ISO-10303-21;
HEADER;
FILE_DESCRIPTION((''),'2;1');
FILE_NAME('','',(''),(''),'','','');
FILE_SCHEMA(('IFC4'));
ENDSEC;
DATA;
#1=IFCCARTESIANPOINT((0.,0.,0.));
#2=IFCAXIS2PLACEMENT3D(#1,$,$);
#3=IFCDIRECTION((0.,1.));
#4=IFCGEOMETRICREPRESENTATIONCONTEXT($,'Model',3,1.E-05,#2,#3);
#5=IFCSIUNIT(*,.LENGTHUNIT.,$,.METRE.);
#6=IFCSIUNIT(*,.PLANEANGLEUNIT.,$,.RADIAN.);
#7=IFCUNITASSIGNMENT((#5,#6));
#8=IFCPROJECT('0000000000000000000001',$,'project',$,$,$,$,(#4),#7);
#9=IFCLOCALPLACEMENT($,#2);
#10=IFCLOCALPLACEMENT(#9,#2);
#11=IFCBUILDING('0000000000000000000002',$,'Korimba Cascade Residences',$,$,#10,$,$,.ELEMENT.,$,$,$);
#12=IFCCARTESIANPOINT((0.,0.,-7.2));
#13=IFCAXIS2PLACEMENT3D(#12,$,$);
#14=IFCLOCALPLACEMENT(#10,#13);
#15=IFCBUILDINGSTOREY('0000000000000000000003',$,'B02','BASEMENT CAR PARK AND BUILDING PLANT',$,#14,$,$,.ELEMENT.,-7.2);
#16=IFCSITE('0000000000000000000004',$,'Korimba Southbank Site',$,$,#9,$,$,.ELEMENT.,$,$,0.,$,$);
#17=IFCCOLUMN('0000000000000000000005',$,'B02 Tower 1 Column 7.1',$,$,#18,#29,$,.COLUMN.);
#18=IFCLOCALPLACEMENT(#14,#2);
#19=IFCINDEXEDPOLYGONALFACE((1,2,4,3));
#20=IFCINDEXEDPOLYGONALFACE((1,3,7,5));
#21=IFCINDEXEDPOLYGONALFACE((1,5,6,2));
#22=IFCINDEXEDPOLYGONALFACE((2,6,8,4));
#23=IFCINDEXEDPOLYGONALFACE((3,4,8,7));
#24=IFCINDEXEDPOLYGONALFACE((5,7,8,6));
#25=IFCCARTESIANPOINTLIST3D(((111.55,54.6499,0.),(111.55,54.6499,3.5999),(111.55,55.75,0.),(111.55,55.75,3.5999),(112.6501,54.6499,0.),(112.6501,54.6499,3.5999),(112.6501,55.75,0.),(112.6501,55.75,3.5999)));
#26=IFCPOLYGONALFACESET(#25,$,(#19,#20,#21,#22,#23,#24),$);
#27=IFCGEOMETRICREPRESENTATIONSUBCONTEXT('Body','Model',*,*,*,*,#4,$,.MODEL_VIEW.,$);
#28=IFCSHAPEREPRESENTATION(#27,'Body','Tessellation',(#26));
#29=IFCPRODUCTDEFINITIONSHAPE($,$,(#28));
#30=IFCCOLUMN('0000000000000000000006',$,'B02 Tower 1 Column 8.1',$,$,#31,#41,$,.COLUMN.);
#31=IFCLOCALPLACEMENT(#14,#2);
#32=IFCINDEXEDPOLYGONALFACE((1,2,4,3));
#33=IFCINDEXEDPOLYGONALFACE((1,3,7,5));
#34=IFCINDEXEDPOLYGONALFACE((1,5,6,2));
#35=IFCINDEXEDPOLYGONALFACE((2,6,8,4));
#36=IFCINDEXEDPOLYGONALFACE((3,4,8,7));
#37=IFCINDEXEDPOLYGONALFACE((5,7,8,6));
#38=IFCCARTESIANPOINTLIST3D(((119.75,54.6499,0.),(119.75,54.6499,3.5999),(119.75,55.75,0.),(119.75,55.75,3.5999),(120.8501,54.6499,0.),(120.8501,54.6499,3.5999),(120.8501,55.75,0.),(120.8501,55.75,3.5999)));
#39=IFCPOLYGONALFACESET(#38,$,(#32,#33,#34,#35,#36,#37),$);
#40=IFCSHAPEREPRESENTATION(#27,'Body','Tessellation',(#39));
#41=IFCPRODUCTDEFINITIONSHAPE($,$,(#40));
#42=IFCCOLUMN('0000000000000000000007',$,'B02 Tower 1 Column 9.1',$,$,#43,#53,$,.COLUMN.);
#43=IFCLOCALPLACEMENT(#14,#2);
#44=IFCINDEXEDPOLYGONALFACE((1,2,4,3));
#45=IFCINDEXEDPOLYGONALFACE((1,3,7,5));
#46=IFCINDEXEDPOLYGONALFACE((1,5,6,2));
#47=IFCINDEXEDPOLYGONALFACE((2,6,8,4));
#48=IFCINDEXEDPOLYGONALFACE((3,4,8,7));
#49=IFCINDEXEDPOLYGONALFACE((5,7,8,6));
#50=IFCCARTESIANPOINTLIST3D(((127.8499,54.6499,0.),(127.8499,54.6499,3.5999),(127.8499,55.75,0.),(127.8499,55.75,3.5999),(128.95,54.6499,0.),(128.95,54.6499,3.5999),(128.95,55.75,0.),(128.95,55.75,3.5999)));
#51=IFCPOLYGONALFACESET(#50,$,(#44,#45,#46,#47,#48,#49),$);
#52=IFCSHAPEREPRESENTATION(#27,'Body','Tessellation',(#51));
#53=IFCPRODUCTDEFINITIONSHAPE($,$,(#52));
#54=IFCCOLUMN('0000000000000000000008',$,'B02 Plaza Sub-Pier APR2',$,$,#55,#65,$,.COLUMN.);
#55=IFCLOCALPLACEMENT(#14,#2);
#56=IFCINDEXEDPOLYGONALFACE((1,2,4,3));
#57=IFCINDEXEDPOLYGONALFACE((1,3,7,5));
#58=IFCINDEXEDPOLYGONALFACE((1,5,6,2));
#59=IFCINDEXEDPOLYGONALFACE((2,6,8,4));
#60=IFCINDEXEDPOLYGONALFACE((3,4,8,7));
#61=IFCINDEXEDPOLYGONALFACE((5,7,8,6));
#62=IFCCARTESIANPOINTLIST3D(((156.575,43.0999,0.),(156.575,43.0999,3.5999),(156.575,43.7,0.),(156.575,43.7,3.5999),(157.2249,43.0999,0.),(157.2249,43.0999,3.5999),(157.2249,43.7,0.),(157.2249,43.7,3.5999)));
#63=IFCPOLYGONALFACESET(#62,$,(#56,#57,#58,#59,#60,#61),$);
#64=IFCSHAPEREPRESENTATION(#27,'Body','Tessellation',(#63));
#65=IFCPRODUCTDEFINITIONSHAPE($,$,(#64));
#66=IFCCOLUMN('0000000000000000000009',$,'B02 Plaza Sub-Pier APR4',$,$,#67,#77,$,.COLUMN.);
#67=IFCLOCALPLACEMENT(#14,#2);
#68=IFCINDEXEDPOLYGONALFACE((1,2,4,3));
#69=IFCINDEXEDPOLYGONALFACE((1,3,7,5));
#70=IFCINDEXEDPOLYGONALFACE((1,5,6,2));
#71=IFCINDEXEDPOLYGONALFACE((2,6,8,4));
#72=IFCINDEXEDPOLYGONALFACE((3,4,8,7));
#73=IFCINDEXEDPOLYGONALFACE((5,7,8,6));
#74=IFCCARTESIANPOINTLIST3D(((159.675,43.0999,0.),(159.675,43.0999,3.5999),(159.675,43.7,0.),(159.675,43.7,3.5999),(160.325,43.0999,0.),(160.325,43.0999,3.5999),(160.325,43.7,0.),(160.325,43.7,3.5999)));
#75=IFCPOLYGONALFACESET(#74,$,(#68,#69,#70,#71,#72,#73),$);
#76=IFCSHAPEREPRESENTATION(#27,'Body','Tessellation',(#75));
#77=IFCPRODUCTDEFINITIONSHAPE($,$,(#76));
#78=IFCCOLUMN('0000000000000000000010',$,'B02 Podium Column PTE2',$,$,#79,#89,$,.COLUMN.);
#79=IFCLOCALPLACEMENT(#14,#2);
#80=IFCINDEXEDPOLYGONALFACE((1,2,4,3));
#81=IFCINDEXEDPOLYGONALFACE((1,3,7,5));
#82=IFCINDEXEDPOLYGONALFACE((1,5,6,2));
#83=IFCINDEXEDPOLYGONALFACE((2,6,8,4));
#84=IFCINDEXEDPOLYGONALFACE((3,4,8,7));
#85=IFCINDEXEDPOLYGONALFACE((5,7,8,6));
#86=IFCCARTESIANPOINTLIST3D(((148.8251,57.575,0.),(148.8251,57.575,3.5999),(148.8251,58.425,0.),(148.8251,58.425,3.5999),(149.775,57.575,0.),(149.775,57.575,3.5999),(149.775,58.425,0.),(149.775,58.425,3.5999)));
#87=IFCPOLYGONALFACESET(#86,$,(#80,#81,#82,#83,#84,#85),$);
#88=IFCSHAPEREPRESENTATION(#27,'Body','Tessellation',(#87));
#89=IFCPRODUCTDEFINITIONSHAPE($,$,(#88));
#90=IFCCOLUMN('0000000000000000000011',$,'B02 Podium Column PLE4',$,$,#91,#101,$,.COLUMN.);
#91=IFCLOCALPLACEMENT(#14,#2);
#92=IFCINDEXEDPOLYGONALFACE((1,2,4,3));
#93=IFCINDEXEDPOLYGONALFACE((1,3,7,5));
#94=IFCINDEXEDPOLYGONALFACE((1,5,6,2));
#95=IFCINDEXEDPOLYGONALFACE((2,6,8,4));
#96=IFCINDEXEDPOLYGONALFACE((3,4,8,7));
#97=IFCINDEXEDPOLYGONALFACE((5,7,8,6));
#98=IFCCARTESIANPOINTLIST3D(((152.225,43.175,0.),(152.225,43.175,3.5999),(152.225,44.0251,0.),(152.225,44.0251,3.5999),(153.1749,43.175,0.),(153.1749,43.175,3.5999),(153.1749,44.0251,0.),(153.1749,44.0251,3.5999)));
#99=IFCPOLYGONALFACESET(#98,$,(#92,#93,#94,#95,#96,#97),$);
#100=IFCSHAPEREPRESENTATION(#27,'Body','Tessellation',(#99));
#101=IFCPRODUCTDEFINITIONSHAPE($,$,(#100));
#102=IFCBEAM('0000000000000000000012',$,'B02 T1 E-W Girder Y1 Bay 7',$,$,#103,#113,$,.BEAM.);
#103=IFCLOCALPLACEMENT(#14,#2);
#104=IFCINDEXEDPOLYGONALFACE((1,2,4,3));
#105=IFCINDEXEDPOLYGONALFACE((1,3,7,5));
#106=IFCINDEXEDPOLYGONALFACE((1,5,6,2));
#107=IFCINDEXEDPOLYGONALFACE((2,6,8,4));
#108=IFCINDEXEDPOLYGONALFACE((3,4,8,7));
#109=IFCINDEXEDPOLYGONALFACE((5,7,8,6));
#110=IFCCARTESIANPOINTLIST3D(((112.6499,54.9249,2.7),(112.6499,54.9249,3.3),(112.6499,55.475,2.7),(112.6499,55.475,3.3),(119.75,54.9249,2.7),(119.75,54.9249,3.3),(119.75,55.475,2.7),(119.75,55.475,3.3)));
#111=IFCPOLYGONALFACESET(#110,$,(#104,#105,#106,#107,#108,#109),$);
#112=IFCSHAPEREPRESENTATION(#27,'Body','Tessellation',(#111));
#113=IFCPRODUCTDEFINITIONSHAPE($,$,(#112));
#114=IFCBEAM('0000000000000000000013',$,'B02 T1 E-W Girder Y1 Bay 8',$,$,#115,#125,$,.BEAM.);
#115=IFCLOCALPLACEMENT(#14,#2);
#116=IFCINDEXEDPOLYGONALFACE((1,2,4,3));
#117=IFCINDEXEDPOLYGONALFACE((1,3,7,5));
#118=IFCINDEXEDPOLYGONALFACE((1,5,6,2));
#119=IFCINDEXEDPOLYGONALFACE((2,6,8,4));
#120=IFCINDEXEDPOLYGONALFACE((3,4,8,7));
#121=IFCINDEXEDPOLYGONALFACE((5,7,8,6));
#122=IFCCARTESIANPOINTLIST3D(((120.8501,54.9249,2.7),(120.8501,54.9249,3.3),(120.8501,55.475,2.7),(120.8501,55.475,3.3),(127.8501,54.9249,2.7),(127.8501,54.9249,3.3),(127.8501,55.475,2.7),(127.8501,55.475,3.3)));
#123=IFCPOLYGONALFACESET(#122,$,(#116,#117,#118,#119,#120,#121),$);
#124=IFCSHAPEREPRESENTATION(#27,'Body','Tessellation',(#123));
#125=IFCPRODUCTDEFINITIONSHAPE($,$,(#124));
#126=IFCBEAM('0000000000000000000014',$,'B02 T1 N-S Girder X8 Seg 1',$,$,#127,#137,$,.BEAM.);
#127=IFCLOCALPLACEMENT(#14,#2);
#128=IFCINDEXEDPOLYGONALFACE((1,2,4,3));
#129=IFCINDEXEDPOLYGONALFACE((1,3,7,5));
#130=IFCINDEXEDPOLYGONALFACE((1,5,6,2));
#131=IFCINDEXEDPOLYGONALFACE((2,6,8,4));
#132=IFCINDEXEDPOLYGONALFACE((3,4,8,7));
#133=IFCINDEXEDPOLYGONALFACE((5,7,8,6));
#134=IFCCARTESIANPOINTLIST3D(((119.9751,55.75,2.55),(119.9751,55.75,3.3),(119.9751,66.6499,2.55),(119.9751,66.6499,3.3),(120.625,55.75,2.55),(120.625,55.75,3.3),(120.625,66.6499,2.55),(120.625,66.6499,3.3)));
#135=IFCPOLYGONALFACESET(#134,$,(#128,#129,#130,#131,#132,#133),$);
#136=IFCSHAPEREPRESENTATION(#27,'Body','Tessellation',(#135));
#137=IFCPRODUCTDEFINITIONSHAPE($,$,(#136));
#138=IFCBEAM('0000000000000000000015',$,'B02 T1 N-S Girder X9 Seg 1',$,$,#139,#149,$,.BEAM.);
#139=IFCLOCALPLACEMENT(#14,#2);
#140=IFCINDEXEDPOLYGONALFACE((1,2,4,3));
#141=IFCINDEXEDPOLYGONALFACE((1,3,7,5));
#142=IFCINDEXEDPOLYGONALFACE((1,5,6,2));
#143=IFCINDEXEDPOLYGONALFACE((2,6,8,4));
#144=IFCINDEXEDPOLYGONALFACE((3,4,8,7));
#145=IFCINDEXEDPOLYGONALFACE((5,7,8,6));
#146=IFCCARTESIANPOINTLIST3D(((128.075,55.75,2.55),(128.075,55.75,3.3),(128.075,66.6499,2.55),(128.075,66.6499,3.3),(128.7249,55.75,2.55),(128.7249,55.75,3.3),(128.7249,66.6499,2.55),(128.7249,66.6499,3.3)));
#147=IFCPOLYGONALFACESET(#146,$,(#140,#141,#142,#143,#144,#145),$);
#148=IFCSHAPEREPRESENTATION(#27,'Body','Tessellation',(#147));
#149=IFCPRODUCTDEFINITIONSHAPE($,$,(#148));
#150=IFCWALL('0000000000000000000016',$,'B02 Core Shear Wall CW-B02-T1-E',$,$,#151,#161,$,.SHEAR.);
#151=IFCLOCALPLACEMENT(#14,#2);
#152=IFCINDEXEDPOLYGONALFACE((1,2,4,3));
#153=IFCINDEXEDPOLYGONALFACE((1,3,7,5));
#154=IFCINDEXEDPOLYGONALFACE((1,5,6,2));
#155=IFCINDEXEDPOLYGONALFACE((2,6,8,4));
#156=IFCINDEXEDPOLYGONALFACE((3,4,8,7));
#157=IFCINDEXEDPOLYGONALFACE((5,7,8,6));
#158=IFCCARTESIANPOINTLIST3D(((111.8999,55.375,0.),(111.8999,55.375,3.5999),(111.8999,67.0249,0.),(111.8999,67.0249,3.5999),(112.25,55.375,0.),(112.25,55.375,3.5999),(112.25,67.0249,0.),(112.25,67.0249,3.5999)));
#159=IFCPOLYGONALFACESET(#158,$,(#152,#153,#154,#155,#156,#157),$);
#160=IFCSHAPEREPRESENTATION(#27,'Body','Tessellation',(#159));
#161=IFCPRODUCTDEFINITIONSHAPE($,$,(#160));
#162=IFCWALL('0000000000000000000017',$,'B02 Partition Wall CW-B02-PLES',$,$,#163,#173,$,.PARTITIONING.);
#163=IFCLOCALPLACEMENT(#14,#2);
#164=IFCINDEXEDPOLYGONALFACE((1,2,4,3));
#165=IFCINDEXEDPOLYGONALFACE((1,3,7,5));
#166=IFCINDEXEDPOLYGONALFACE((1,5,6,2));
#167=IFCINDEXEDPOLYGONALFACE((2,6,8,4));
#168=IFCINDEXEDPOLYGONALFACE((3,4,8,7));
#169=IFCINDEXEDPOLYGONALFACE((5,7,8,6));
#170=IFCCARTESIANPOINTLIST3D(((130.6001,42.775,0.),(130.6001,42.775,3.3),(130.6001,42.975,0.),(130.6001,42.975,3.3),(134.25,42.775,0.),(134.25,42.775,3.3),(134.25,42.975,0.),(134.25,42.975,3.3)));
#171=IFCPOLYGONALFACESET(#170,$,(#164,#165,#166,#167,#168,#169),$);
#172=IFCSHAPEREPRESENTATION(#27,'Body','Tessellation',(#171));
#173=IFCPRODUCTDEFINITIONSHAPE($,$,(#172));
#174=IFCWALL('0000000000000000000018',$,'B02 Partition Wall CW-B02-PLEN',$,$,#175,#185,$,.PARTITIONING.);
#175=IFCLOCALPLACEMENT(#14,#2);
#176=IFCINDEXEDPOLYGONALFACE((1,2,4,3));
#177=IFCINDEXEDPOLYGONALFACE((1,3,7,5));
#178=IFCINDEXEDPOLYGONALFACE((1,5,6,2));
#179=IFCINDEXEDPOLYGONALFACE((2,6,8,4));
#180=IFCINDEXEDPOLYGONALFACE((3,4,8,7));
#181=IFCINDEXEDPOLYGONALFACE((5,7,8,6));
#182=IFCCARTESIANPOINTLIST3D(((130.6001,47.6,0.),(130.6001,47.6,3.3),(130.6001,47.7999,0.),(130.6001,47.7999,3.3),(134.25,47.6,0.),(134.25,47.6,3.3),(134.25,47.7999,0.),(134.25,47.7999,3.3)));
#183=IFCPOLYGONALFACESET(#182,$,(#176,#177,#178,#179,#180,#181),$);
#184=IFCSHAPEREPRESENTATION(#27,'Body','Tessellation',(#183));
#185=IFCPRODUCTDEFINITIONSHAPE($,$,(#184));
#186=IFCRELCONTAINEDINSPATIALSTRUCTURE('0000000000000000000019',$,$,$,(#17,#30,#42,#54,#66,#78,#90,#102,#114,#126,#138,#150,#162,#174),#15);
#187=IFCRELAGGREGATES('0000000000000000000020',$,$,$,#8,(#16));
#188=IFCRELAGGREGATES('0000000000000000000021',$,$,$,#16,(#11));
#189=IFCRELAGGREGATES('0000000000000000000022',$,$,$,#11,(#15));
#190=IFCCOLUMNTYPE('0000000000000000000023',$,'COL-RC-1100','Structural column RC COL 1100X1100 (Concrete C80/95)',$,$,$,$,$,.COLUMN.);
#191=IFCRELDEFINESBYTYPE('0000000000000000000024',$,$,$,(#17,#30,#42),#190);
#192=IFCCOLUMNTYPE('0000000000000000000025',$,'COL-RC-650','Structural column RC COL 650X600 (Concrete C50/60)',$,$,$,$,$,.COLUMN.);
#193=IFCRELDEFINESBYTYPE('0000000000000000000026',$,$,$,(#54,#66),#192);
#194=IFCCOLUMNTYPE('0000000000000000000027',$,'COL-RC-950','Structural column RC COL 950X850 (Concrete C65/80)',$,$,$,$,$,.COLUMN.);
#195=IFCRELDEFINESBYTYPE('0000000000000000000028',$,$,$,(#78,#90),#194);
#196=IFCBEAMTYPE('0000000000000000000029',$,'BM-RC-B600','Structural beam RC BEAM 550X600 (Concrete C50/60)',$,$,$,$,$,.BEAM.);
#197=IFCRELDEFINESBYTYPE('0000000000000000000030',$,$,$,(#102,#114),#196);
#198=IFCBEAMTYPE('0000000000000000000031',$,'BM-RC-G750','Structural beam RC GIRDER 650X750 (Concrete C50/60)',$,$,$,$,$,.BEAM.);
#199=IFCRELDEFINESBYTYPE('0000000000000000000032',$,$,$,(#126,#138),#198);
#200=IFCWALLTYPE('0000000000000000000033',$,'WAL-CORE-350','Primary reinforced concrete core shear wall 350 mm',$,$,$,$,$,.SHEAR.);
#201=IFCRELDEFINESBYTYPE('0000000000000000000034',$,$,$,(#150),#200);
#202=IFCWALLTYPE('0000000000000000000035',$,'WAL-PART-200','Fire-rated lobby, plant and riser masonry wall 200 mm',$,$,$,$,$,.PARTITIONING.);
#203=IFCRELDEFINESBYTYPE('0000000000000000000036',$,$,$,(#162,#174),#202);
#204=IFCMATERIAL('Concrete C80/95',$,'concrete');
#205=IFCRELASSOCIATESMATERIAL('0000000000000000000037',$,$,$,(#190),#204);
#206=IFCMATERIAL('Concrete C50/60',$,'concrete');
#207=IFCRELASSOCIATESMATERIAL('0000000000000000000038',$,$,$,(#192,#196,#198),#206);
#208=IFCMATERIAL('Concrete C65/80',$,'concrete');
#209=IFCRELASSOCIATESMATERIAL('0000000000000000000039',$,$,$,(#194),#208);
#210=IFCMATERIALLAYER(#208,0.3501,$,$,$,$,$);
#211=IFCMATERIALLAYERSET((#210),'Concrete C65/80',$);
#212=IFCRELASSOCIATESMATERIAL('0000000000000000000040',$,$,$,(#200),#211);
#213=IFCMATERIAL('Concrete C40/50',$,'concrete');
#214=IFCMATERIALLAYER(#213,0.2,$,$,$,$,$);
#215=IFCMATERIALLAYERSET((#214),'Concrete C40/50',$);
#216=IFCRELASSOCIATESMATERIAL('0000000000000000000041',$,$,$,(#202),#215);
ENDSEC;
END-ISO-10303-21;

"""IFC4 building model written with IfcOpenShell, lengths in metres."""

from ifc_helpers import new_model, si_unit, direction, frame, frame_2d, origin, origin_2d, place, context, subcontext, project, spatial, rectangle, extrude, material, layer, layer_set, material_profile, profile_set, type_object, element, save


model = new_model("IFC4")

# Units and contexts
model_context = context("Model", 3, precision=1e-05, world=origin(), true_north=direction((0.0, 1.0)))
body_context = subcontext(model_context, "Body", "Model", "MODEL_VIEW")
ifc_project = project(units=[si_unit("LENGTHUNIT", "METRE"), si_unit("PLANEANGLEUNIT", "RADIAN")], contexts=[model_context])

# Site, building, storey
site_placement = place(None, origin())
site = spatial("IfcSite", under=ifc_project, at=site_placement, Name="Korimba Southbank Site", CompositionType="ELEMENT", RefElevation=0.0)
building_placement = place(site_placement, origin())
building = spatial("IfcBuilding", under=site, at=building_placement, Name="Korimba Cascade Residences", CompositionType="ELEMENT")
storey_placement = place(building_placement, frame((0.0, 0.0, -7.2)))
storey = spatial("IfcBuildingStorey", under=building, at=storey_placement, Name="B02", Description="BASEMENT CAR PARK AND BUILDING PLANT", CompositionType="ELEMENT", Elevation=-7.2)

# Columns
ifc_material_1 = material(Name="Concrete C80/95", Category="concrete")
ifc_material_profile_1 = material_profile(ifc_material_1, rectangle(XDim=1.1001, YDim=1.1001, at=origin_2d()), Name="Concrete C80/95")
ifc_profile_set_1 = profile_set([ifc_material_profile_1], Name="Concrete C80/95")
column_type_1 = type_object("IfcColumnType", Name="COL-RC-1100", Description="Structural column RC COL 1100X1100 (Concrete C80/95)", PredefinedType="COLUMN", material=ifc_profile_set_1)
for number, where, z_axis, x_axis, name in (
    (1, (112.1001, 55.2, 0.0), (0.0, 0.0, 1.0), (1.0, 0.0, 0.0), "B02 Tower 1 Column 7.1"),
    (2, (120.3, 55.2, 0.0), (0.0, 0.0, 1.0), (1.0, 0.0, 0.0), "B02 Tower 1 Column 8.1"),
    (3, (128.3999, 55.2, 0.0), (0.0, 0.0, 1.0), (1.0, 0.0, 0.0), "B02 Tower 1 Column 9.1"),
):
    element("IfcColumn", number, at=place(storey_placement, frame(where, z_axis=z_axis, x_axis=x_axis)), inside=storey, type_object=column_type_1, Name=name, PredefinedType="COLUMN", context=body_context, shape_type="SweptSolid", body=[
        extrude(rectangle(XDim=1.1001, YDim=1.1001, at=origin_2d()), origin(), (0.0, 0.0, 1.0), 3.5999),
    ])
ifc_material_2 = material(Name="Concrete C50/60", Category="concrete")
ifc_material_profile_2 = material_profile(ifc_material_2, rectangle(XDim=0.6499, YDim=0.6001, at=origin_2d()), Name="Concrete C50/60")
ifc_profile_set_2 = profile_set([ifc_material_profile_2], Name="Concrete C50/60")
column_type_2 = type_object("IfcColumnType", Name="COL-RC-650", Description="Structural column RC COL 650X600 (Concrete C50/60)", PredefinedType="COLUMN", material=ifc_profile_set_2)
for number, where, z_axis, x_axis, name in (
    (4, (156.8999, 43.3999, 0.0), (0.0, 0.0, 1.0), (1.0, 0.0, 0.0), "B02 Plaza Sub-Pier APR2"),
    (5, (160.0, 43.3999, 0.0), (0.0, 0.0, 1.0), (1.0, 0.0, 0.0), "B02 Plaza Sub-Pier APR4"),
):
    element("IfcColumn", number, at=place(storey_placement, frame(where, z_axis=z_axis, x_axis=x_axis)), inside=storey, type_object=column_type_2, Name=name, PredefinedType="COLUMN", context=body_context, shape_type="SweptSolid", body=[
        extrude(rectangle(XDim=0.6499, YDim=0.6001, at=origin_2d()), origin(), (0.0, 0.0, 1.0), 3.5999),
    ])
ifc_material_3 = material(Name="Concrete C65/80", Category="concrete")
ifc_material_profile_3 = material_profile(ifc_material_3, rectangle(XDim=0.95, YDim=0.8501, at=origin_2d()), Name="Concrete C65/80")
ifc_profile_set_3 = profile_set([ifc_material_profile_3], Name="Concrete C65/80")
column_type_3 = type_object("IfcColumnType", Name="COL-RC-950", Description="Structural column RC COL 950X850 (Concrete C65/80)", PredefinedType="COLUMN", material=ifc_profile_set_3)
for number, where, z_axis, x_axis, name in (
    (6, (149.3, 58.0, 0.0), (0.0, 0.0, 1.0), (1.0, 0.0, 0.0), "B02 Podium Column PTE2"),
    (7, (152.7, 43.6001, 0.0), (0.0, 0.0, 1.0), (1.0, 0.0, 0.0), "B02 Podium Column PLE4"),
):
    element("IfcColumn", number, at=place(storey_placement, frame(where, z_axis=z_axis, x_axis=x_axis)), inside=storey, type_object=column_type_3, Name=name, PredefinedType="COLUMN", context=body_context, shape_type="SweptSolid", body=[
        extrude(rectangle(XDim=0.95, YDim=0.8501, at=origin_2d()), origin(), (0.0, 0.0, 1.0), 3.5999),
    ])

# Beams
ifc_material_profile_4 = material_profile(ifc_material_2, rectangle(XDim=0.55, YDim=0.6001, at=origin_2d()), Name="Concrete C50/60")
ifc_profile_set_4 = profile_set([ifc_material_profile_4], Name="Concrete C50/60")
beam_type_1 = type_object("IfcBeamType", Name="BM-RC-B600", Description="Structural beam RC BEAM 550X600 (Concrete C50/60)", PredefinedType="BEAM", material=ifc_profile_set_4)
beam_1_placement = place(storey_placement, frame((112.6499, 55.2, 3.0), z_axis=(1.0, 0.0, 0.0), x_axis=(0.0, 1.0, 0.0)))
element("IfcBeam", 8, at=beam_1_placement, inside=storey, type_object=beam_type_1, Name="B02 T1 E-W Girder Y1 Bay 7", PredefinedType="BEAM", context=body_context, shape_type="SweptSolid", body=[
    extrude(rectangle(XDim=0.55, YDim=0.6001, at=origin_2d()), origin(), (0.0, 0.0, 1.0), 7.1001),
])
beam_2_placement = place(storey_placement, frame((120.8501, 55.2, 3.0), z_axis=(1.0, 0.0, 0.0), x_axis=(0.0, 1.0, 0.0)))
element("IfcBeam", 9, at=beam_2_placement, inside=storey, type_object=beam_type_1, Name="B02 T1 E-W Girder Y1 Bay 8", PredefinedType="BEAM", context=body_context, shape_type="SweptSolid", body=[
    extrude(rectangle(XDim=0.55, YDim=0.6001, at=origin_2d()), origin(), (0.0, 0.0, 1.0), 7.0),
])
ifc_material_profile_5 = material_profile(ifc_material_2, rectangle(XDim=0.6499, YDim=0.75, at=origin_2d()), Name="Concrete C50/60")
ifc_profile_set_5 = profile_set([ifc_material_profile_5], Name="Concrete C50/60")
beam_type_2 = type_object("IfcBeamType", Name="BM-RC-G750", Description="Structural beam RC GIRDER 650X750 (Concrete C50/60)", PredefinedType="BEAM", material=ifc_profile_set_5)
for number, where, z_axis, x_axis, name in (
    (10, (120.3, 55.75, 2.925), (0.0, 1.0, 0.0), (-1.0, 0.0, 0.0), "B02 T1 N-S Girder X8 Seg 1"),
    (11, (128.3999, 55.75, 2.925), (0.0, 1.0, 0.0), (-1.0, 0.0, 0.0), "B02 T1 N-S Girder X9 Seg 1"),
):
    element("IfcBeam", number, at=place(storey_placement, frame(where, z_axis=z_axis, x_axis=x_axis)), inside=storey, type_object=beam_type_2, Name=name, PredefinedType="BEAM", context=body_context, shape_type="SweptSolid", body=[
        extrude(rectangle(XDim=0.6499, YDim=0.75, at=origin_2d()), origin(), (0.0, 0.0, 1.0), 10.8999),
    ])

# Wall
ifc_layer_1 = layer(ifc_material_3, 0.3501)
ifc_layer_set_1 = layer_set([ifc_layer_1], Name="Concrete C65/80")
wall_type_1 = type_object("IfcWallType", Name="WAL-CORE-350", Description="Primary reinforced concrete core shear wall 350 mm", PredefinedType="SHEAR", material=ifc_layer_set_1)
wall_1_placement = place(storey_placement, frame((112.075, 55.375, 0.0), z_axis=(0.0, 0.0, 1.0), x_axis=(0.0, 1.0, 0.0)))
element("IfcWall", 12, at=wall_1_placement, inside=storey, type_object=wall_type_1, Name="B02 Core Shear Wall CW-B02-T1-E", PredefinedType="SHEAR", context=body_context, shape_type="SweptSolid", body=[
    extrude(rectangle(XDim=11.6499, YDim=0.3501, at=frame_2d((5.825, 0.0))), origin(), (0.0, 0.0, 1.0), 3.5999),
])

# Shared definitions
ifc_material_4 = material(Name="Concrete C40/50", Category="concrete")
ifc_layer_2 = layer(ifc_material_4, 0.2)
ifc_layer_set_2 = layer_set([ifc_layer_2], Name="Concrete C40/50")
wall_type_2 = type_object("IfcWallType", Name="WAL-PART-200", Description="Fire-rated lobby, plant and riser masonry wall 200 mm", PredefinedType="PARTITIONING", material=ifc_layer_set_2)

# Walls
for number, where, z_axis, x_axis, name in (
    (13, (130.6001, 42.875, 0.0), (0.0, 0.0, 1.0), (1.0, 0.0, 0.0), "B02 Partition Wall CW-B02-PLES"),
    (14, (130.6001, 47.7, 0.0), (0.0, 0.0, 1.0), (1.0, 0.0, 0.0), "B02 Partition Wall CW-B02-PLEN"),
):
    element("IfcWall", number, at=place(storey_placement, frame(where, z_axis=z_axis, x_axis=x_axis)), inside=storey, type_object=wall_type_2, Name=name, PredefinedType="PARTITIONING", context=body_context, shape_type="SweptSolid", body=[
        extrude(rectangle(XDim=3.6499, YDim=0.2, at=frame_2d((1.825, 0.0))), origin(), (0.0, 0.0, 1.0), 3.3),
    ])

save(model, "model.ifc")
